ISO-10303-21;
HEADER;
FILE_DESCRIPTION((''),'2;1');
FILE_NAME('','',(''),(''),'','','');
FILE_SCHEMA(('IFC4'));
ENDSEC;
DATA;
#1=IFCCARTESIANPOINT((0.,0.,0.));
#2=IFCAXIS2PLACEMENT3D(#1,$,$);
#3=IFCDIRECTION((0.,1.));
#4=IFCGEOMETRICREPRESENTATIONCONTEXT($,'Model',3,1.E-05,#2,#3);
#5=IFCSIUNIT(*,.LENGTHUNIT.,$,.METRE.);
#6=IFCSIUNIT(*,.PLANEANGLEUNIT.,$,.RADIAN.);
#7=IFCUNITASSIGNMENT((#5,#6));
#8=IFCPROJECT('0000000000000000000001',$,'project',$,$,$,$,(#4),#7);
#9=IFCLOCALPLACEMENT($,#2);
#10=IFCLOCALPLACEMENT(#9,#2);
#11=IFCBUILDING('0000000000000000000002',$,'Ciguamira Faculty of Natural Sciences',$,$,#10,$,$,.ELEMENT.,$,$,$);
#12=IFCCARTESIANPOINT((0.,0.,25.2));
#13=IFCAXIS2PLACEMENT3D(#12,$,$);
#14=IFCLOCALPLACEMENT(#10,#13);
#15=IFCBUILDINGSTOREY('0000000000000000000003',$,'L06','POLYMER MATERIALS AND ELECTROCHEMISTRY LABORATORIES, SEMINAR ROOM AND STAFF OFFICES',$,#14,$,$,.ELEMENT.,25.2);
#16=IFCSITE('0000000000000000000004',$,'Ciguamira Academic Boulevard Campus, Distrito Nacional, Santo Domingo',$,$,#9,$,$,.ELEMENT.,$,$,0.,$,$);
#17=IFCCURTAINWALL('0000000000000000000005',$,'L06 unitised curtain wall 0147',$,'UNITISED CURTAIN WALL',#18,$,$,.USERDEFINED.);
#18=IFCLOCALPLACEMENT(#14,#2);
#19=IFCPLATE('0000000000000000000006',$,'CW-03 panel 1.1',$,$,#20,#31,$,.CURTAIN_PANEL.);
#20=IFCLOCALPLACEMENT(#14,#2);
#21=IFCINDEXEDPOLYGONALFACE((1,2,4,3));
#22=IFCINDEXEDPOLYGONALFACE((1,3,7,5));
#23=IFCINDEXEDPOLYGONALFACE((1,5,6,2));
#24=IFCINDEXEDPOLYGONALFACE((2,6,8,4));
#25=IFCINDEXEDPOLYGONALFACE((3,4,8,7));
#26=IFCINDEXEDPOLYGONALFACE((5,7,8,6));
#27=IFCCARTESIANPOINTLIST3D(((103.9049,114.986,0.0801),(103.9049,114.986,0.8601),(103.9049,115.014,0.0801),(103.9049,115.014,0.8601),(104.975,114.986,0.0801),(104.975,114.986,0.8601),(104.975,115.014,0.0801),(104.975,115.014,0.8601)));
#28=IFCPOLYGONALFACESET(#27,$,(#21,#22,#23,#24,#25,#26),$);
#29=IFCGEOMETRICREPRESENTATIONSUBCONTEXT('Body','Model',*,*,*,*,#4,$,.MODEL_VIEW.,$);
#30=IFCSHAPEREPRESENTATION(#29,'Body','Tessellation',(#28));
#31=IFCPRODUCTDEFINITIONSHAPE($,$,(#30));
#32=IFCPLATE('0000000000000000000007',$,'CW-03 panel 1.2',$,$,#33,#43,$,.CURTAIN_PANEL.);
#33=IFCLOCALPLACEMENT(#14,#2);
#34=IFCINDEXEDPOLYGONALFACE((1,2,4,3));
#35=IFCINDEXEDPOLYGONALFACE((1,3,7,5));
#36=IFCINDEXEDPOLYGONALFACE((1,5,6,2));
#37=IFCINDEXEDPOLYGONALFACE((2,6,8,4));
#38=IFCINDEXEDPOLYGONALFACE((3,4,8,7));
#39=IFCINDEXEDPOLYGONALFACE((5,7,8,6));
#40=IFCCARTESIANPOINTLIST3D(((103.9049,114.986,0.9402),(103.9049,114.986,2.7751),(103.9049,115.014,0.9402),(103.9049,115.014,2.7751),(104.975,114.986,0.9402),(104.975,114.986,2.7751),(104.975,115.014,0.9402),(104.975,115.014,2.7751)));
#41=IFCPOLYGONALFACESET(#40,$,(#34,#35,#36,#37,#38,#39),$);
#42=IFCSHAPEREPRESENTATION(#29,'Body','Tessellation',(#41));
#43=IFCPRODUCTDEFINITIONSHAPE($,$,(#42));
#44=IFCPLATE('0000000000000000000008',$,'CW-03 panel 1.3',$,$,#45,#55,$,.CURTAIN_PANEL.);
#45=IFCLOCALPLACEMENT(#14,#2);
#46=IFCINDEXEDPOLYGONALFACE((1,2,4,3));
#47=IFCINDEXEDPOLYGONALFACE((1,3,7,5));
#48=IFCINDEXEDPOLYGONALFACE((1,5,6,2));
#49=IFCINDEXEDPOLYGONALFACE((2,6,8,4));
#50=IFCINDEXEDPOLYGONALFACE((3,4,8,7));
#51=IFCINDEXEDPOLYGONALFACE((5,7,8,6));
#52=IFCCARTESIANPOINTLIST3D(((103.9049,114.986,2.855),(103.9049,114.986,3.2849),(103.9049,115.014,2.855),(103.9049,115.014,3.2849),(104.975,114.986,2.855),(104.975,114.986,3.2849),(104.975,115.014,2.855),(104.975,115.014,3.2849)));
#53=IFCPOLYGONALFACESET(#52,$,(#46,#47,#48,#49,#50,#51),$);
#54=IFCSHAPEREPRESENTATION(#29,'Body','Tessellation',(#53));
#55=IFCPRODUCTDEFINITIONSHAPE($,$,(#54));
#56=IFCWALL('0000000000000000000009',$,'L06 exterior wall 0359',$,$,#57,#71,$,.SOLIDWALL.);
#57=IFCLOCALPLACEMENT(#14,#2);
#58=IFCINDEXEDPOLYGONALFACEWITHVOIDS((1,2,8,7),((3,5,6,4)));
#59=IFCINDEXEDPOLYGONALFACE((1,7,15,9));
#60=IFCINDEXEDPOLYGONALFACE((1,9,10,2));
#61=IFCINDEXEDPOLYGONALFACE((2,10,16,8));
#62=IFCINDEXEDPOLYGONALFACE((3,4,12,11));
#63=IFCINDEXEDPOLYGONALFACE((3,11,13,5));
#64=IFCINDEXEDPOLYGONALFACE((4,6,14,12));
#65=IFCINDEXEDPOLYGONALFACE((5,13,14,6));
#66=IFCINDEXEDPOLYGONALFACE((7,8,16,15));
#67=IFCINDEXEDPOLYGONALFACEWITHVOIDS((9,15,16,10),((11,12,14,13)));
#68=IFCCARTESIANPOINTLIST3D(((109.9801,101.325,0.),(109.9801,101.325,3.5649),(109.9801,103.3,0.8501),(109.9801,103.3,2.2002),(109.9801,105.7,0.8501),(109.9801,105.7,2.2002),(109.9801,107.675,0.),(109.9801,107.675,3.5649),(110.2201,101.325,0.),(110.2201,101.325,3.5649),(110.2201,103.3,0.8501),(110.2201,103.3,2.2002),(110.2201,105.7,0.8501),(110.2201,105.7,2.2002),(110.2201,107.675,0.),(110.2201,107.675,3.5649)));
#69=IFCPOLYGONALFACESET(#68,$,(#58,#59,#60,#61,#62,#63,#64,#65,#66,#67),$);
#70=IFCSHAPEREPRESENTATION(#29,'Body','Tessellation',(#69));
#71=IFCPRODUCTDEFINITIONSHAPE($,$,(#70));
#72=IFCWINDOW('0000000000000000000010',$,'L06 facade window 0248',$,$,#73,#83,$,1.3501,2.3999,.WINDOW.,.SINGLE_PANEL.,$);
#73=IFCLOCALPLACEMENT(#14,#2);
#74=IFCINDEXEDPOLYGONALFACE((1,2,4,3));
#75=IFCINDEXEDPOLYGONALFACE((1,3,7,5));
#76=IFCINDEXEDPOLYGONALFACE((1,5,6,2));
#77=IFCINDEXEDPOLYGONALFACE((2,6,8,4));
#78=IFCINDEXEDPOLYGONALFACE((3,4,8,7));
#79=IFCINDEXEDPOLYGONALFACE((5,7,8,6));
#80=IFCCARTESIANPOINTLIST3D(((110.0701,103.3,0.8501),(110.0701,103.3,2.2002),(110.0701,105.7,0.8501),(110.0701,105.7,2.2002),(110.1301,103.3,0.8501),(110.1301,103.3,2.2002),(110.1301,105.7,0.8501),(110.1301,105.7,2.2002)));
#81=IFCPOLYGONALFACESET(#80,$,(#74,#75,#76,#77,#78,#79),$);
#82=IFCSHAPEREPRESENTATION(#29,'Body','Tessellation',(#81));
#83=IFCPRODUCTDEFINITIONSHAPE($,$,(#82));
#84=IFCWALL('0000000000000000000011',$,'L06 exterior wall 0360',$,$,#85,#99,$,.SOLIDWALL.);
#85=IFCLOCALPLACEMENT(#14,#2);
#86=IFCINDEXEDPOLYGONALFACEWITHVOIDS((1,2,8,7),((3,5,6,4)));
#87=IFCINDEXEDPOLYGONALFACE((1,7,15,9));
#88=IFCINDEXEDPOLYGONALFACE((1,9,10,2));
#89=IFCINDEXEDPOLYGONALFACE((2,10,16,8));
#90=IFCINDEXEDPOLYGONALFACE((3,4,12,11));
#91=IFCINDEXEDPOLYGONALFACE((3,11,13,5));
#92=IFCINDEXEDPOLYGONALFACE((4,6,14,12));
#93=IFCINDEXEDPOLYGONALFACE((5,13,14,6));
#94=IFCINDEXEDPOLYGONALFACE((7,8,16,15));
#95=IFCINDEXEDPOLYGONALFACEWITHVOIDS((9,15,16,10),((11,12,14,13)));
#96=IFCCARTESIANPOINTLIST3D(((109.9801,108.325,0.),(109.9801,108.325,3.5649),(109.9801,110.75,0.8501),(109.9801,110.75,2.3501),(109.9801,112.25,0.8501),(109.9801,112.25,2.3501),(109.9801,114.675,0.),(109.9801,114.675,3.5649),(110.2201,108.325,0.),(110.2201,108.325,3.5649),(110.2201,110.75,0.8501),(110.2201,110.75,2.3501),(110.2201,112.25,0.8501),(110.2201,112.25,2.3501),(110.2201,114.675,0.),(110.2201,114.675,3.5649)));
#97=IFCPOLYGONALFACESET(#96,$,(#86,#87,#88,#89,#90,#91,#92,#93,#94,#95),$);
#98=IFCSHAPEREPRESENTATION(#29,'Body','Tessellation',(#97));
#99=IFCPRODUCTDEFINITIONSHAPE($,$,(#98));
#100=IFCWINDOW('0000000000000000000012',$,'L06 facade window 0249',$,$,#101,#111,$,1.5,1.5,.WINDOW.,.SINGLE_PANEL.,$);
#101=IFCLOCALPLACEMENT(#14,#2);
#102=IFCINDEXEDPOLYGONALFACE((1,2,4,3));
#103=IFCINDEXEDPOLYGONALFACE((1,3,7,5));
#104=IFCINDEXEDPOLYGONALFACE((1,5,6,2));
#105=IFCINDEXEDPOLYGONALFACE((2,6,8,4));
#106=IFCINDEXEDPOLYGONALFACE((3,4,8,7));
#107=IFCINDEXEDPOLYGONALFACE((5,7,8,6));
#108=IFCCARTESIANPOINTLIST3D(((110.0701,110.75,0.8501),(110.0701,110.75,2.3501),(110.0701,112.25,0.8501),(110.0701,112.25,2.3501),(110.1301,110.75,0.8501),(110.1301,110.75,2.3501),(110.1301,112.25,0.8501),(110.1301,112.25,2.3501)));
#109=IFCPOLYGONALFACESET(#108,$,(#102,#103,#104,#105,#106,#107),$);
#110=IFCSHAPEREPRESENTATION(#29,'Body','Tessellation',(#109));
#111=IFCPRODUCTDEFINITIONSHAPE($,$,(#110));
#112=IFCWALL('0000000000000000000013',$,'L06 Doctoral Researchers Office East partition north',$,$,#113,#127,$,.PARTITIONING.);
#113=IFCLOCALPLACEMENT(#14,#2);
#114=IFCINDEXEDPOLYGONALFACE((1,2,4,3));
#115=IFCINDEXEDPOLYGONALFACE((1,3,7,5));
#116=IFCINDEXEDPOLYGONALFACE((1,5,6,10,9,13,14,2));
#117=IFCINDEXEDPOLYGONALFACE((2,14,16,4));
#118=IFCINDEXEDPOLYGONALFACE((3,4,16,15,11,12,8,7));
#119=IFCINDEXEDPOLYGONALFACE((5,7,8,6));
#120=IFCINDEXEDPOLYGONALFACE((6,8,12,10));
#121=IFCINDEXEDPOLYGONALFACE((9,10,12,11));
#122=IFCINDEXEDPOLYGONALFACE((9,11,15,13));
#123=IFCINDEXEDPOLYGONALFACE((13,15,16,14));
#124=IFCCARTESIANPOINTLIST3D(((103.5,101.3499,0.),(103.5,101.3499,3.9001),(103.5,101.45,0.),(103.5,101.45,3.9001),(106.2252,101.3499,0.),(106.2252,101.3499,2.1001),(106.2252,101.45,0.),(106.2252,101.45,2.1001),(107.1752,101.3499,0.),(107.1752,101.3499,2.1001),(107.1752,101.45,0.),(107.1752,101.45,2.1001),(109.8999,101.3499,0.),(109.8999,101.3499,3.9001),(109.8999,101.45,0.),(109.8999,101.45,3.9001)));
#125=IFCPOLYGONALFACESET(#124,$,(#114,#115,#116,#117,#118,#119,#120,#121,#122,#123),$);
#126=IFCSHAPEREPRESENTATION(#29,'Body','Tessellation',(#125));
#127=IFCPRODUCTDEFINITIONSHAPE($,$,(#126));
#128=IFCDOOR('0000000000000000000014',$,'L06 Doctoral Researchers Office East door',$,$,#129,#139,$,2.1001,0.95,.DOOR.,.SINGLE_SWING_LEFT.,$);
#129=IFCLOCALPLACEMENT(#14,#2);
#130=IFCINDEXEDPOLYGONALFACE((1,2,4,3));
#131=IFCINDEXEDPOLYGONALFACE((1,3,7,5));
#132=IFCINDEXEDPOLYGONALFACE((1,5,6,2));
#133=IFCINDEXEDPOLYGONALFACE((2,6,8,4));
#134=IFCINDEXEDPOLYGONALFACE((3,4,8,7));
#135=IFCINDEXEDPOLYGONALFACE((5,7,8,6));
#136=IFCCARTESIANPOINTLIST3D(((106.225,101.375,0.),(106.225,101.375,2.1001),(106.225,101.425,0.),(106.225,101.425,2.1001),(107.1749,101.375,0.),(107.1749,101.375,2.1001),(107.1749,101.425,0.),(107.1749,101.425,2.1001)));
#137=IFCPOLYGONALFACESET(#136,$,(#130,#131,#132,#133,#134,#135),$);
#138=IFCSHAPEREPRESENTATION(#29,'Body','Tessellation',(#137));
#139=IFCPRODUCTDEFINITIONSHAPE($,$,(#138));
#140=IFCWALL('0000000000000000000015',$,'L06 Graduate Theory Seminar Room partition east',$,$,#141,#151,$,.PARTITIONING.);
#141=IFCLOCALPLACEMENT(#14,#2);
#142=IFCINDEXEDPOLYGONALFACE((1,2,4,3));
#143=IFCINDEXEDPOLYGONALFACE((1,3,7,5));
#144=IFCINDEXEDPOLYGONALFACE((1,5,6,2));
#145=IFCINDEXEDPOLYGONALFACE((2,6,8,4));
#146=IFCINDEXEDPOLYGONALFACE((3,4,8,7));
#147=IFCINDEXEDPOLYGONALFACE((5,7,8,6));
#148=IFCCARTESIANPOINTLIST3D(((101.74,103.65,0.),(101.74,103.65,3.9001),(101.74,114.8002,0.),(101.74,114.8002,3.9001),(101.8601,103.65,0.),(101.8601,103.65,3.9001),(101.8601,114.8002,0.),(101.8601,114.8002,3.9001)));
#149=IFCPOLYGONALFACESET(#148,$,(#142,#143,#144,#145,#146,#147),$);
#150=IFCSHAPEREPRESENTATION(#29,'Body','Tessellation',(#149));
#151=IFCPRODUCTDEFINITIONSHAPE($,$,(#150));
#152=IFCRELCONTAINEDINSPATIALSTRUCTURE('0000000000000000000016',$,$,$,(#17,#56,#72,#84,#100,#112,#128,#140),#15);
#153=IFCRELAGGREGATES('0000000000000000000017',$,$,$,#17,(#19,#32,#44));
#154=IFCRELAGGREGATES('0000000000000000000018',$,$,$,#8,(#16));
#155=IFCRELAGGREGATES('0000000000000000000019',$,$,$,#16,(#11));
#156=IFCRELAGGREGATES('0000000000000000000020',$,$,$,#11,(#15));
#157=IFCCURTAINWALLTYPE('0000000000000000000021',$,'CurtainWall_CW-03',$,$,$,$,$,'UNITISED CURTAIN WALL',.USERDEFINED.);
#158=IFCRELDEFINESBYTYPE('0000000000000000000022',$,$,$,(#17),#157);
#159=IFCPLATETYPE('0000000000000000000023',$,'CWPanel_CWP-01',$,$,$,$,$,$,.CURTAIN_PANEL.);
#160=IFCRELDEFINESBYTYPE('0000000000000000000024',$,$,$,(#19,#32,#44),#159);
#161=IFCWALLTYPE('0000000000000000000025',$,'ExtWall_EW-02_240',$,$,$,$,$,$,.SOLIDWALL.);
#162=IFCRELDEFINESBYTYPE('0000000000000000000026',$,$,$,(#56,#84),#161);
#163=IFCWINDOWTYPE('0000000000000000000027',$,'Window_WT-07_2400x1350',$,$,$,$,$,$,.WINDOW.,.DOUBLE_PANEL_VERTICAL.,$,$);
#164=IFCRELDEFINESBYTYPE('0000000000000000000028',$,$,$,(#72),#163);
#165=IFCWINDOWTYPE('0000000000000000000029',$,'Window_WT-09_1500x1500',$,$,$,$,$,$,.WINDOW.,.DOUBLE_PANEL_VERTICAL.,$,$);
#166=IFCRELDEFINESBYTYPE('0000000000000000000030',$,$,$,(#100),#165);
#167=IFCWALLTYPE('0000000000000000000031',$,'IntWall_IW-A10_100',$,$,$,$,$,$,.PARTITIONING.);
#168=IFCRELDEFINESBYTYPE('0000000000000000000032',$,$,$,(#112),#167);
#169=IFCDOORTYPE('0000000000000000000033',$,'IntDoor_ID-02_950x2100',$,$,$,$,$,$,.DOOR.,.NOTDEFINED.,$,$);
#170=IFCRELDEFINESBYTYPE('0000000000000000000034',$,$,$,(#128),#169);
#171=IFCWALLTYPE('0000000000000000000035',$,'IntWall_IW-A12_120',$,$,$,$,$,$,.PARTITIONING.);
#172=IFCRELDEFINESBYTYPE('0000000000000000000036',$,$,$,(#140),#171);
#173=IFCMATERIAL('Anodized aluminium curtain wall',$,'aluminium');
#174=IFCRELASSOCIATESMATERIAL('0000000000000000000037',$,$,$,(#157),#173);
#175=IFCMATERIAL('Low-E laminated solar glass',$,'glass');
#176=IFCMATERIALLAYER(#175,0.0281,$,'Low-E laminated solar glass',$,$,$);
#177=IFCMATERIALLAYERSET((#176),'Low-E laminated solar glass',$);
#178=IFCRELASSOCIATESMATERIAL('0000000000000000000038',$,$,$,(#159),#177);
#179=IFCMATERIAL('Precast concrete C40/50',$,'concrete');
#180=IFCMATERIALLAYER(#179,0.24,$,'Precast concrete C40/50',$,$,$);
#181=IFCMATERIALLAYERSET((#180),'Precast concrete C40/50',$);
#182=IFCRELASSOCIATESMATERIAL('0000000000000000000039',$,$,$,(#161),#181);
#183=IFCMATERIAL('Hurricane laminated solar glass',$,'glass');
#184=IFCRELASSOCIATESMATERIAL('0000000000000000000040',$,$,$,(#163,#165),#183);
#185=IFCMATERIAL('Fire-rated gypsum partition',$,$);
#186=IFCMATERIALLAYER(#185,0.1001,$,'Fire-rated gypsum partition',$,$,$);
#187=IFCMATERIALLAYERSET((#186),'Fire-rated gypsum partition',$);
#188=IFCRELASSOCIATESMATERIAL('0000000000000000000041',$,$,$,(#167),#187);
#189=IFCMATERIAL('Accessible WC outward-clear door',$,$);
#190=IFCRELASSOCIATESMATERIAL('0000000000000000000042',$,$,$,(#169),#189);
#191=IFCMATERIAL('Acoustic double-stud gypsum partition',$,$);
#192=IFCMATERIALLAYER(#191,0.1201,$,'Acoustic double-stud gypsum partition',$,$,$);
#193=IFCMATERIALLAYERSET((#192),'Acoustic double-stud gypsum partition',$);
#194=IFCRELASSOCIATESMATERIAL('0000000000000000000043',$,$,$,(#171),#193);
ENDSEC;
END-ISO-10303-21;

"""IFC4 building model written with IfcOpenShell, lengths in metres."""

from ifc_helpers import new_model, si_unit, direction, frame, frame_2d, origin, origin_2d, place, context, subcontext, project, spatial, rectangle, extrude, material, layer, layer_set, type_object, element, fill, aggregate, save


model = new_model("IFC4")

# Units and contexts
model_context = context("Model", 3, precision=1e-05, world=origin(), true_north=direction((0.0, 1.0)))
body_context = subcontext(model_context, "Body", "Model", "MODEL_VIEW")
ifc_project = project(units=[si_unit("LENGTHUNIT", "METRE"), si_unit("PLANEANGLEUNIT", "RADIAN")], contexts=[model_context])

# Site, building, storey
site_placement = place(None, origin())
site = spatial("IfcSite", under=ifc_project, at=site_placement, Name="Ciguamira Academic Boulevard Campus, Distrito Nacional, Santo Domingo", CompositionType="ELEMENT", RefElevation=0.0)
building_placement = place(site_placement, origin())
building = spatial("IfcBuilding", under=site, at=building_placement, Name="Ciguamira Faculty of Natural Sciences", CompositionType="ELEMENT")
storey_placement = place(building_placement, frame((0.0, 0.0, 25.2)))
storey = spatial("IfcBuildingStorey", under=building, at=storey_placement, Name="L06", Description="POLYMER MATERIALS AND ELECTROCHEMISTRY LABORATORIES, SEMINAR ROOM AND STAFF OFFICES", CompositionType="ELEMENT", Elevation=25.2)

# Curtain wall
ifc_material_1 = material(Name="Anodized aluminium curtain wall", Category="aluminium")
curtain_wall_type = type_object("IfcCurtainWallType", Name="CurtainWall_CW-03", ElementType="UNITISED CURTAIN WALL", PredefinedType="USERDEFINED", material=ifc_material_1)
curtain_wall_placement = place(storey_placement, origin())
curtain_wall = element("IfcCurtainWall", 1, at=curtain_wall_placement, inside=storey, type_object=curtain_wall_type, Name="L06 unitised curtain wall 0147", ObjectType="UNITISED CURTAIN WALL", PredefinedType="USERDEFINED")

# Shared definitions
ifc_material_2 = material(Name="Precast concrete C40/50", Category="concrete")

# Plates
ifc_material_3 = material(Name="Low-E laminated solar glass", Category="glass")
ifc_layer_1 = layer(ifc_material_3, 0.0281, Name="Low-E laminated solar glass")
ifc_layer_set_1 = layer_set([ifc_layer_1], Name="Low-E laminated solar glass")
plate_type = type_object("IfcPlateType", Name="CWPanel_CWP-01", PredefinedType="CURTAIN_PANEL", material=ifc_layer_set_1)
plate_1_placement = place(storey_placement, frame((104.4399, 115.0, 0.0801), z_axis=(0.0, 0.0, 1.0), x_axis=(1.0, 0.0, 0.0)))
plate_1 = element("IfcPlate", 2, at=plate_1_placement, type_object=plate_type, Name="CW-03 panel 1.1", PredefinedType="CURTAIN_PANEL", context=body_context, shape_type="SweptSolid", body=[
    extrude(rectangle(XDim=1.0701, YDim=0.0281, at=origin_2d()), origin(), (0.0, 0.0, 1.0), 0.78),
])
plate_2_placement = place(storey_placement, frame((104.4399, 115.0, 0.9402), z_axis=(0.0, 0.0, 1.0), x_axis=(1.0, 0.0, 0.0)))
plate_2 = element("IfcPlate", 3, at=plate_2_placement, type_object=plate_type, Name="CW-03 panel 1.2", PredefinedType="CURTAIN_PANEL", context=body_context, shape_type="SweptSolid", body=[
    extrude(rectangle(XDim=1.0701, YDim=0.0281, at=origin_2d()), origin(), (0.0, 0.0, 1.0), 1.835),
])
plate_3_placement = place(storey_placement, frame((104.4399, 115.0, 2.855), z_axis=(0.0, 0.0, 1.0), x_axis=(1.0, 0.0, 0.0)))
plate_3 = element("IfcPlate", 4, at=plate_3_placement, type_object=plate_type, Name="CW-03 panel 1.3", PredefinedType="CURTAIN_PANEL", context=body_context, shape_type="SweptSolid", body=[
    extrude(rectangle(XDim=1.0701, YDim=0.0281, at=origin_2d()), origin(), (0.0, 0.0, 1.0), 0.4299),
])
aggregate(curtain_wall, [plate_1, plate_2, plate_3])

# Walls, openings, windows
ifc_layer_2 = layer(ifc_material_2, 0.24, Name="Precast concrete C40/50")
ifc_layer_set_2 = layer_set([ifc_layer_2], Name="Precast concrete C40/50")
wall_type_1 = type_object("IfcWallType", Name="ExtWall_EW-02_240", PredefinedType="SOLIDWALL", material=ifc_layer_set_2)
wall_1_placement = place(storey_placement, frame((110.1001, 101.325, 0.0), z_axis=(0.0, 0.0, 1.0), x_axis=(0.0, 1.0, 0.0)))
wall_1 = element("IfcWall", 5, at=wall_1_placement, inside=storey, type_object=wall_type_1, Name="L06 exterior wall 0359", PredefinedType="SOLIDWALL", context=body_context, shape_type="SweptSolid", body=[
    extrude(rectangle(XDim=6.3501, YDim=0.24, at=frame_2d((3.175, 0.0))), origin(), (0.0, 0.0, 1.0), 3.5649),
])
opening_1_placement = place(wall_1_placement, frame((1.9751, 0.0, 0.8501)))
opening_1 = element("IfcOpeningElement", 6, at=opening_1_placement, cuts=wall_1, PredefinedType="OPENING", context=body_context, shape_type="SweptSolid", body=[
    extrude(rectangle(XDim=2.3999, YDim=1.3501, at=frame_2d((1.2, 0.675))), frame((0.0, 0.1299, 0.0), z_axis=(0.0, -1.0, 0.0), x_axis=(1.0, 0.0, 0.0)), (0.0, 0.0, 1.0), 0.26),
])
ifc_material_4 = material(Name="Hurricane laminated solar glass", Category="glass")
window_type_1 = type_object("IfcWindowType", Name="Window_WT-07_2400x1350", PartitioningType="DOUBLE_PANEL_VERTICAL", PredefinedType="WINDOW", material=ifc_material_4)
window_1_placement = place(opening_1_placement, origin())
window_1 = element("IfcWindow", 7, at=window_1_placement, inside=storey, type_object=window_type_1, Name="L06 facade window 0248", OverallHeight=1.3501, OverallWidth=2.3999, PartitioningType="SINGLE_PANEL", PredefinedType="WINDOW", context=body_context, shape_type="SweptSolid", body=[
    extrude(rectangle(XDim=2.3999, YDim=1.3501, at=frame_2d((1.2, 0.675))), frame((0.0, 0.03, 0.0), z_axis=(0.0, -1.0, 0.0), x_axis=(1.0, 0.0, 0.0)), (0.0, 0.0, 1.0), 0.0601),
])
fill(opening_1, window_1)
wall_2_placement = place(storey_placement, frame((110.1001, 108.325, 0.0), z_axis=(0.0, 0.0, 1.0), x_axis=(0.0, 1.0, 0.0)))
wall_2 = element("IfcWall", 8, at=wall_2_placement, inside=storey, type_object=wall_type_1, Name="L06 exterior wall 0360", PredefinedType="SOLIDWALL", context=body_context, shape_type="SweptSolid", body=[
    extrude(rectangle(XDim=6.3501, YDim=0.24, at=frame_2d((3.175, 0.0))), origin(), (0.0, 0.0, 1.0), 3.5649),
])
opening_2_placement = place(wall_2_placement, frame((2.425, 0.0, 0.8501)))
opening_2 = element("IfcOpeningElement", 9, at=opening_2_placement, cuts=wall_2, PredefinedType="OPENING", context=body_context, shape_type="SweptSolid", body=[
    extrude(rectangle(XDim=1.5, YDim=1.5, at=frame_2d((0.75, 0.75))), frame((0.0, 0.1299, 0.0), z_axis=(0.0, -1.0, 0.0), x_axis=(1.0, 0.0, 0.0)), (0.0, 0.0, 1.0), 0.26),
])
window_type_2 = type_object("IfcWindowType", Name="Window_WT-09_1500x1500", PartitioningType="DOUBLE_PANEL_VERTICAL", PredefinedType="WINDOW", material=ifc_material_4)
window_2_placement = place(opening_2_placement, origin())
window_2 = element("IfcWindow", 10, at=window_2_placement, inside=storey, type_object=window_type_2, Name="L06 facade window 0249", OverallHeight=1.5, OverallWidth=1.5, PartitioningType="SINGLE_PANEL", PredefinedType="WINDOW", context=body_context, shape_type="SweptSolid", body=[
    extrude(rectangle(XDim=1.5, YDim=1.5, at=frame_2d((0.75, 0.75))), frame((0.0, 0.03, 0.0), z_axis=(0.0, -1.0, 0.0), x_axis=(1.0, 0.0, 0.0)), (0.0, 0.0, 1.0), 0.0601),
])
fill(opening_2, window_2)

# Wall, opening, door
ifc_material_5 = material(Name="Fire-rated gypsum partition")
ifc_layer_3 = layer(ifc_material_5, 0.1001, Name="Fire-rated gypsum partition")
ifc_layer_set_3 = layer_set([ifc_layer_3], Name="Fire-rated gypsum partition")
wall_type_2 = type_object("IfcWallType", Name="IntWall_IW-A10_100", PredefinedType="PARTITIONING", material=ifc_layer_set_3)
wall_3_placement = place(storey_placement, frame((103.5, 101.3999, 0.0), z_axis=(0.0, 0.0, 1.0), x_axis=(1.0, 0.0, 0.0)))
wall_3 = element("IfcWall", 11, at=wall_3_placement, inside=storey, type_object=wall_type_2, Name="L06 Doctoral Researchers Office East partition north", PredefinedType="PARTITIONING", context=body_context, shape_type="SweptSolid", body=[
    extrude(rectangle(XDim=6.3999, YDim=0.1001, at=frame_2d((3.2, 0.0))), origin(), (0.0, 0.0, 1.0), 3.9001),
])
opening_3_placement = place(wall_3_placement, frame((2.7251, 0.0, 0.0)))
opening_3 = element("IfcOpeningElement", 12, at=opening_3_placement, cuts=wall_3, PredefinedType="OPENING", context=body_context, shape_type="SweptSolid", body=[
    extrude(rectangle(XDim=0.95, YDim=2.1001, at=frame_2d((0.4751, 1.05))), frame((0.0, 0.0601, 0.0), z_axis=(0.0, -1.0, 0.0), x_axis=(1.0, 0.0, 0.0)), (0.0, 0.0, 1.0), 0.1201),
])
ifc_material_6 = material(Name="Accessible WC outward-clear door")
door_type_1 = type_object("IfcDoorType", Name="IntDoor_ID-02_950x2100", OperationType="NOTDEFINED", PredefinedType="DOOR", material=ifc_material_6)
door_1_placement = place(opening_3_placement, frame((0.95, 0.0, 0.0), z_axis=(0.0, 0.0, 1.0), x_axis=(-1.0, 0.0, 0.0)))
door_1 = element("IfcDoor", 13, at=door_1_placement, inside=storey, type_object=door_type_1, Name="L06 Doctoral Researchers Office East door", OperationType="SINGLE_SWING_LEFT", OverallHeight=2.1001, OverallWidth=0.95, PredefinedType="DOOR", context=body_context, shape_type="SweptSolid", body=[
    extrude(rectangle(XDim=0.95, YDim=2.1001, at=frame_2d((0.4751, 1.05))), frame((0.0, 0.0249, 0.0), z_axis=(0.0, -1.0, 0.0), x_axis=(1.0, 0.0, 0.0)), (0.0, 0.0, 1.0), 0.05),
])
fill(opening_3, door_1)

# Wall
ifc_material_7 = material(Name="Acoustic double-stud gypsum partition")
ifc_layer_4 = layer(ifc_material_7, 0.1201, Name="Acoustic double-stud gypsum partition")
ifc_layer_set_4 = layer_set([ifc_layer_4], Name="Acoustic double-stud gypsum partition")
wall_type_3 = type_object("IfcWallType", Name="IntWall_IW-A12_120", PredefinedType="PARTITIONING", material=ifc_layer_set_4)
wall_4_placement = place(storey_placement, frame((101.8, 103.6499, 0.0), z_axis=(0.0, 0.0, 1.0), x_axis=(0.0, 1.0, 0.0)))
element("IfcWall", 14, at=wall_4_placement, inside=storey, type_object=wall_type_3, Name="L06 Graduate Theory Seminar Room partition east", PredefinedType="PARTITIONING", context=body_context, shape_type="SweptSolid", body=[
    extrude(rectangle(XDim=11.1501, YDim=0.1201, at=frame_2d((5.5752, 0.0))), origin(), (0.0, 0.0, 1.0), 3.9001),
])

save(model, "model.ifc")
